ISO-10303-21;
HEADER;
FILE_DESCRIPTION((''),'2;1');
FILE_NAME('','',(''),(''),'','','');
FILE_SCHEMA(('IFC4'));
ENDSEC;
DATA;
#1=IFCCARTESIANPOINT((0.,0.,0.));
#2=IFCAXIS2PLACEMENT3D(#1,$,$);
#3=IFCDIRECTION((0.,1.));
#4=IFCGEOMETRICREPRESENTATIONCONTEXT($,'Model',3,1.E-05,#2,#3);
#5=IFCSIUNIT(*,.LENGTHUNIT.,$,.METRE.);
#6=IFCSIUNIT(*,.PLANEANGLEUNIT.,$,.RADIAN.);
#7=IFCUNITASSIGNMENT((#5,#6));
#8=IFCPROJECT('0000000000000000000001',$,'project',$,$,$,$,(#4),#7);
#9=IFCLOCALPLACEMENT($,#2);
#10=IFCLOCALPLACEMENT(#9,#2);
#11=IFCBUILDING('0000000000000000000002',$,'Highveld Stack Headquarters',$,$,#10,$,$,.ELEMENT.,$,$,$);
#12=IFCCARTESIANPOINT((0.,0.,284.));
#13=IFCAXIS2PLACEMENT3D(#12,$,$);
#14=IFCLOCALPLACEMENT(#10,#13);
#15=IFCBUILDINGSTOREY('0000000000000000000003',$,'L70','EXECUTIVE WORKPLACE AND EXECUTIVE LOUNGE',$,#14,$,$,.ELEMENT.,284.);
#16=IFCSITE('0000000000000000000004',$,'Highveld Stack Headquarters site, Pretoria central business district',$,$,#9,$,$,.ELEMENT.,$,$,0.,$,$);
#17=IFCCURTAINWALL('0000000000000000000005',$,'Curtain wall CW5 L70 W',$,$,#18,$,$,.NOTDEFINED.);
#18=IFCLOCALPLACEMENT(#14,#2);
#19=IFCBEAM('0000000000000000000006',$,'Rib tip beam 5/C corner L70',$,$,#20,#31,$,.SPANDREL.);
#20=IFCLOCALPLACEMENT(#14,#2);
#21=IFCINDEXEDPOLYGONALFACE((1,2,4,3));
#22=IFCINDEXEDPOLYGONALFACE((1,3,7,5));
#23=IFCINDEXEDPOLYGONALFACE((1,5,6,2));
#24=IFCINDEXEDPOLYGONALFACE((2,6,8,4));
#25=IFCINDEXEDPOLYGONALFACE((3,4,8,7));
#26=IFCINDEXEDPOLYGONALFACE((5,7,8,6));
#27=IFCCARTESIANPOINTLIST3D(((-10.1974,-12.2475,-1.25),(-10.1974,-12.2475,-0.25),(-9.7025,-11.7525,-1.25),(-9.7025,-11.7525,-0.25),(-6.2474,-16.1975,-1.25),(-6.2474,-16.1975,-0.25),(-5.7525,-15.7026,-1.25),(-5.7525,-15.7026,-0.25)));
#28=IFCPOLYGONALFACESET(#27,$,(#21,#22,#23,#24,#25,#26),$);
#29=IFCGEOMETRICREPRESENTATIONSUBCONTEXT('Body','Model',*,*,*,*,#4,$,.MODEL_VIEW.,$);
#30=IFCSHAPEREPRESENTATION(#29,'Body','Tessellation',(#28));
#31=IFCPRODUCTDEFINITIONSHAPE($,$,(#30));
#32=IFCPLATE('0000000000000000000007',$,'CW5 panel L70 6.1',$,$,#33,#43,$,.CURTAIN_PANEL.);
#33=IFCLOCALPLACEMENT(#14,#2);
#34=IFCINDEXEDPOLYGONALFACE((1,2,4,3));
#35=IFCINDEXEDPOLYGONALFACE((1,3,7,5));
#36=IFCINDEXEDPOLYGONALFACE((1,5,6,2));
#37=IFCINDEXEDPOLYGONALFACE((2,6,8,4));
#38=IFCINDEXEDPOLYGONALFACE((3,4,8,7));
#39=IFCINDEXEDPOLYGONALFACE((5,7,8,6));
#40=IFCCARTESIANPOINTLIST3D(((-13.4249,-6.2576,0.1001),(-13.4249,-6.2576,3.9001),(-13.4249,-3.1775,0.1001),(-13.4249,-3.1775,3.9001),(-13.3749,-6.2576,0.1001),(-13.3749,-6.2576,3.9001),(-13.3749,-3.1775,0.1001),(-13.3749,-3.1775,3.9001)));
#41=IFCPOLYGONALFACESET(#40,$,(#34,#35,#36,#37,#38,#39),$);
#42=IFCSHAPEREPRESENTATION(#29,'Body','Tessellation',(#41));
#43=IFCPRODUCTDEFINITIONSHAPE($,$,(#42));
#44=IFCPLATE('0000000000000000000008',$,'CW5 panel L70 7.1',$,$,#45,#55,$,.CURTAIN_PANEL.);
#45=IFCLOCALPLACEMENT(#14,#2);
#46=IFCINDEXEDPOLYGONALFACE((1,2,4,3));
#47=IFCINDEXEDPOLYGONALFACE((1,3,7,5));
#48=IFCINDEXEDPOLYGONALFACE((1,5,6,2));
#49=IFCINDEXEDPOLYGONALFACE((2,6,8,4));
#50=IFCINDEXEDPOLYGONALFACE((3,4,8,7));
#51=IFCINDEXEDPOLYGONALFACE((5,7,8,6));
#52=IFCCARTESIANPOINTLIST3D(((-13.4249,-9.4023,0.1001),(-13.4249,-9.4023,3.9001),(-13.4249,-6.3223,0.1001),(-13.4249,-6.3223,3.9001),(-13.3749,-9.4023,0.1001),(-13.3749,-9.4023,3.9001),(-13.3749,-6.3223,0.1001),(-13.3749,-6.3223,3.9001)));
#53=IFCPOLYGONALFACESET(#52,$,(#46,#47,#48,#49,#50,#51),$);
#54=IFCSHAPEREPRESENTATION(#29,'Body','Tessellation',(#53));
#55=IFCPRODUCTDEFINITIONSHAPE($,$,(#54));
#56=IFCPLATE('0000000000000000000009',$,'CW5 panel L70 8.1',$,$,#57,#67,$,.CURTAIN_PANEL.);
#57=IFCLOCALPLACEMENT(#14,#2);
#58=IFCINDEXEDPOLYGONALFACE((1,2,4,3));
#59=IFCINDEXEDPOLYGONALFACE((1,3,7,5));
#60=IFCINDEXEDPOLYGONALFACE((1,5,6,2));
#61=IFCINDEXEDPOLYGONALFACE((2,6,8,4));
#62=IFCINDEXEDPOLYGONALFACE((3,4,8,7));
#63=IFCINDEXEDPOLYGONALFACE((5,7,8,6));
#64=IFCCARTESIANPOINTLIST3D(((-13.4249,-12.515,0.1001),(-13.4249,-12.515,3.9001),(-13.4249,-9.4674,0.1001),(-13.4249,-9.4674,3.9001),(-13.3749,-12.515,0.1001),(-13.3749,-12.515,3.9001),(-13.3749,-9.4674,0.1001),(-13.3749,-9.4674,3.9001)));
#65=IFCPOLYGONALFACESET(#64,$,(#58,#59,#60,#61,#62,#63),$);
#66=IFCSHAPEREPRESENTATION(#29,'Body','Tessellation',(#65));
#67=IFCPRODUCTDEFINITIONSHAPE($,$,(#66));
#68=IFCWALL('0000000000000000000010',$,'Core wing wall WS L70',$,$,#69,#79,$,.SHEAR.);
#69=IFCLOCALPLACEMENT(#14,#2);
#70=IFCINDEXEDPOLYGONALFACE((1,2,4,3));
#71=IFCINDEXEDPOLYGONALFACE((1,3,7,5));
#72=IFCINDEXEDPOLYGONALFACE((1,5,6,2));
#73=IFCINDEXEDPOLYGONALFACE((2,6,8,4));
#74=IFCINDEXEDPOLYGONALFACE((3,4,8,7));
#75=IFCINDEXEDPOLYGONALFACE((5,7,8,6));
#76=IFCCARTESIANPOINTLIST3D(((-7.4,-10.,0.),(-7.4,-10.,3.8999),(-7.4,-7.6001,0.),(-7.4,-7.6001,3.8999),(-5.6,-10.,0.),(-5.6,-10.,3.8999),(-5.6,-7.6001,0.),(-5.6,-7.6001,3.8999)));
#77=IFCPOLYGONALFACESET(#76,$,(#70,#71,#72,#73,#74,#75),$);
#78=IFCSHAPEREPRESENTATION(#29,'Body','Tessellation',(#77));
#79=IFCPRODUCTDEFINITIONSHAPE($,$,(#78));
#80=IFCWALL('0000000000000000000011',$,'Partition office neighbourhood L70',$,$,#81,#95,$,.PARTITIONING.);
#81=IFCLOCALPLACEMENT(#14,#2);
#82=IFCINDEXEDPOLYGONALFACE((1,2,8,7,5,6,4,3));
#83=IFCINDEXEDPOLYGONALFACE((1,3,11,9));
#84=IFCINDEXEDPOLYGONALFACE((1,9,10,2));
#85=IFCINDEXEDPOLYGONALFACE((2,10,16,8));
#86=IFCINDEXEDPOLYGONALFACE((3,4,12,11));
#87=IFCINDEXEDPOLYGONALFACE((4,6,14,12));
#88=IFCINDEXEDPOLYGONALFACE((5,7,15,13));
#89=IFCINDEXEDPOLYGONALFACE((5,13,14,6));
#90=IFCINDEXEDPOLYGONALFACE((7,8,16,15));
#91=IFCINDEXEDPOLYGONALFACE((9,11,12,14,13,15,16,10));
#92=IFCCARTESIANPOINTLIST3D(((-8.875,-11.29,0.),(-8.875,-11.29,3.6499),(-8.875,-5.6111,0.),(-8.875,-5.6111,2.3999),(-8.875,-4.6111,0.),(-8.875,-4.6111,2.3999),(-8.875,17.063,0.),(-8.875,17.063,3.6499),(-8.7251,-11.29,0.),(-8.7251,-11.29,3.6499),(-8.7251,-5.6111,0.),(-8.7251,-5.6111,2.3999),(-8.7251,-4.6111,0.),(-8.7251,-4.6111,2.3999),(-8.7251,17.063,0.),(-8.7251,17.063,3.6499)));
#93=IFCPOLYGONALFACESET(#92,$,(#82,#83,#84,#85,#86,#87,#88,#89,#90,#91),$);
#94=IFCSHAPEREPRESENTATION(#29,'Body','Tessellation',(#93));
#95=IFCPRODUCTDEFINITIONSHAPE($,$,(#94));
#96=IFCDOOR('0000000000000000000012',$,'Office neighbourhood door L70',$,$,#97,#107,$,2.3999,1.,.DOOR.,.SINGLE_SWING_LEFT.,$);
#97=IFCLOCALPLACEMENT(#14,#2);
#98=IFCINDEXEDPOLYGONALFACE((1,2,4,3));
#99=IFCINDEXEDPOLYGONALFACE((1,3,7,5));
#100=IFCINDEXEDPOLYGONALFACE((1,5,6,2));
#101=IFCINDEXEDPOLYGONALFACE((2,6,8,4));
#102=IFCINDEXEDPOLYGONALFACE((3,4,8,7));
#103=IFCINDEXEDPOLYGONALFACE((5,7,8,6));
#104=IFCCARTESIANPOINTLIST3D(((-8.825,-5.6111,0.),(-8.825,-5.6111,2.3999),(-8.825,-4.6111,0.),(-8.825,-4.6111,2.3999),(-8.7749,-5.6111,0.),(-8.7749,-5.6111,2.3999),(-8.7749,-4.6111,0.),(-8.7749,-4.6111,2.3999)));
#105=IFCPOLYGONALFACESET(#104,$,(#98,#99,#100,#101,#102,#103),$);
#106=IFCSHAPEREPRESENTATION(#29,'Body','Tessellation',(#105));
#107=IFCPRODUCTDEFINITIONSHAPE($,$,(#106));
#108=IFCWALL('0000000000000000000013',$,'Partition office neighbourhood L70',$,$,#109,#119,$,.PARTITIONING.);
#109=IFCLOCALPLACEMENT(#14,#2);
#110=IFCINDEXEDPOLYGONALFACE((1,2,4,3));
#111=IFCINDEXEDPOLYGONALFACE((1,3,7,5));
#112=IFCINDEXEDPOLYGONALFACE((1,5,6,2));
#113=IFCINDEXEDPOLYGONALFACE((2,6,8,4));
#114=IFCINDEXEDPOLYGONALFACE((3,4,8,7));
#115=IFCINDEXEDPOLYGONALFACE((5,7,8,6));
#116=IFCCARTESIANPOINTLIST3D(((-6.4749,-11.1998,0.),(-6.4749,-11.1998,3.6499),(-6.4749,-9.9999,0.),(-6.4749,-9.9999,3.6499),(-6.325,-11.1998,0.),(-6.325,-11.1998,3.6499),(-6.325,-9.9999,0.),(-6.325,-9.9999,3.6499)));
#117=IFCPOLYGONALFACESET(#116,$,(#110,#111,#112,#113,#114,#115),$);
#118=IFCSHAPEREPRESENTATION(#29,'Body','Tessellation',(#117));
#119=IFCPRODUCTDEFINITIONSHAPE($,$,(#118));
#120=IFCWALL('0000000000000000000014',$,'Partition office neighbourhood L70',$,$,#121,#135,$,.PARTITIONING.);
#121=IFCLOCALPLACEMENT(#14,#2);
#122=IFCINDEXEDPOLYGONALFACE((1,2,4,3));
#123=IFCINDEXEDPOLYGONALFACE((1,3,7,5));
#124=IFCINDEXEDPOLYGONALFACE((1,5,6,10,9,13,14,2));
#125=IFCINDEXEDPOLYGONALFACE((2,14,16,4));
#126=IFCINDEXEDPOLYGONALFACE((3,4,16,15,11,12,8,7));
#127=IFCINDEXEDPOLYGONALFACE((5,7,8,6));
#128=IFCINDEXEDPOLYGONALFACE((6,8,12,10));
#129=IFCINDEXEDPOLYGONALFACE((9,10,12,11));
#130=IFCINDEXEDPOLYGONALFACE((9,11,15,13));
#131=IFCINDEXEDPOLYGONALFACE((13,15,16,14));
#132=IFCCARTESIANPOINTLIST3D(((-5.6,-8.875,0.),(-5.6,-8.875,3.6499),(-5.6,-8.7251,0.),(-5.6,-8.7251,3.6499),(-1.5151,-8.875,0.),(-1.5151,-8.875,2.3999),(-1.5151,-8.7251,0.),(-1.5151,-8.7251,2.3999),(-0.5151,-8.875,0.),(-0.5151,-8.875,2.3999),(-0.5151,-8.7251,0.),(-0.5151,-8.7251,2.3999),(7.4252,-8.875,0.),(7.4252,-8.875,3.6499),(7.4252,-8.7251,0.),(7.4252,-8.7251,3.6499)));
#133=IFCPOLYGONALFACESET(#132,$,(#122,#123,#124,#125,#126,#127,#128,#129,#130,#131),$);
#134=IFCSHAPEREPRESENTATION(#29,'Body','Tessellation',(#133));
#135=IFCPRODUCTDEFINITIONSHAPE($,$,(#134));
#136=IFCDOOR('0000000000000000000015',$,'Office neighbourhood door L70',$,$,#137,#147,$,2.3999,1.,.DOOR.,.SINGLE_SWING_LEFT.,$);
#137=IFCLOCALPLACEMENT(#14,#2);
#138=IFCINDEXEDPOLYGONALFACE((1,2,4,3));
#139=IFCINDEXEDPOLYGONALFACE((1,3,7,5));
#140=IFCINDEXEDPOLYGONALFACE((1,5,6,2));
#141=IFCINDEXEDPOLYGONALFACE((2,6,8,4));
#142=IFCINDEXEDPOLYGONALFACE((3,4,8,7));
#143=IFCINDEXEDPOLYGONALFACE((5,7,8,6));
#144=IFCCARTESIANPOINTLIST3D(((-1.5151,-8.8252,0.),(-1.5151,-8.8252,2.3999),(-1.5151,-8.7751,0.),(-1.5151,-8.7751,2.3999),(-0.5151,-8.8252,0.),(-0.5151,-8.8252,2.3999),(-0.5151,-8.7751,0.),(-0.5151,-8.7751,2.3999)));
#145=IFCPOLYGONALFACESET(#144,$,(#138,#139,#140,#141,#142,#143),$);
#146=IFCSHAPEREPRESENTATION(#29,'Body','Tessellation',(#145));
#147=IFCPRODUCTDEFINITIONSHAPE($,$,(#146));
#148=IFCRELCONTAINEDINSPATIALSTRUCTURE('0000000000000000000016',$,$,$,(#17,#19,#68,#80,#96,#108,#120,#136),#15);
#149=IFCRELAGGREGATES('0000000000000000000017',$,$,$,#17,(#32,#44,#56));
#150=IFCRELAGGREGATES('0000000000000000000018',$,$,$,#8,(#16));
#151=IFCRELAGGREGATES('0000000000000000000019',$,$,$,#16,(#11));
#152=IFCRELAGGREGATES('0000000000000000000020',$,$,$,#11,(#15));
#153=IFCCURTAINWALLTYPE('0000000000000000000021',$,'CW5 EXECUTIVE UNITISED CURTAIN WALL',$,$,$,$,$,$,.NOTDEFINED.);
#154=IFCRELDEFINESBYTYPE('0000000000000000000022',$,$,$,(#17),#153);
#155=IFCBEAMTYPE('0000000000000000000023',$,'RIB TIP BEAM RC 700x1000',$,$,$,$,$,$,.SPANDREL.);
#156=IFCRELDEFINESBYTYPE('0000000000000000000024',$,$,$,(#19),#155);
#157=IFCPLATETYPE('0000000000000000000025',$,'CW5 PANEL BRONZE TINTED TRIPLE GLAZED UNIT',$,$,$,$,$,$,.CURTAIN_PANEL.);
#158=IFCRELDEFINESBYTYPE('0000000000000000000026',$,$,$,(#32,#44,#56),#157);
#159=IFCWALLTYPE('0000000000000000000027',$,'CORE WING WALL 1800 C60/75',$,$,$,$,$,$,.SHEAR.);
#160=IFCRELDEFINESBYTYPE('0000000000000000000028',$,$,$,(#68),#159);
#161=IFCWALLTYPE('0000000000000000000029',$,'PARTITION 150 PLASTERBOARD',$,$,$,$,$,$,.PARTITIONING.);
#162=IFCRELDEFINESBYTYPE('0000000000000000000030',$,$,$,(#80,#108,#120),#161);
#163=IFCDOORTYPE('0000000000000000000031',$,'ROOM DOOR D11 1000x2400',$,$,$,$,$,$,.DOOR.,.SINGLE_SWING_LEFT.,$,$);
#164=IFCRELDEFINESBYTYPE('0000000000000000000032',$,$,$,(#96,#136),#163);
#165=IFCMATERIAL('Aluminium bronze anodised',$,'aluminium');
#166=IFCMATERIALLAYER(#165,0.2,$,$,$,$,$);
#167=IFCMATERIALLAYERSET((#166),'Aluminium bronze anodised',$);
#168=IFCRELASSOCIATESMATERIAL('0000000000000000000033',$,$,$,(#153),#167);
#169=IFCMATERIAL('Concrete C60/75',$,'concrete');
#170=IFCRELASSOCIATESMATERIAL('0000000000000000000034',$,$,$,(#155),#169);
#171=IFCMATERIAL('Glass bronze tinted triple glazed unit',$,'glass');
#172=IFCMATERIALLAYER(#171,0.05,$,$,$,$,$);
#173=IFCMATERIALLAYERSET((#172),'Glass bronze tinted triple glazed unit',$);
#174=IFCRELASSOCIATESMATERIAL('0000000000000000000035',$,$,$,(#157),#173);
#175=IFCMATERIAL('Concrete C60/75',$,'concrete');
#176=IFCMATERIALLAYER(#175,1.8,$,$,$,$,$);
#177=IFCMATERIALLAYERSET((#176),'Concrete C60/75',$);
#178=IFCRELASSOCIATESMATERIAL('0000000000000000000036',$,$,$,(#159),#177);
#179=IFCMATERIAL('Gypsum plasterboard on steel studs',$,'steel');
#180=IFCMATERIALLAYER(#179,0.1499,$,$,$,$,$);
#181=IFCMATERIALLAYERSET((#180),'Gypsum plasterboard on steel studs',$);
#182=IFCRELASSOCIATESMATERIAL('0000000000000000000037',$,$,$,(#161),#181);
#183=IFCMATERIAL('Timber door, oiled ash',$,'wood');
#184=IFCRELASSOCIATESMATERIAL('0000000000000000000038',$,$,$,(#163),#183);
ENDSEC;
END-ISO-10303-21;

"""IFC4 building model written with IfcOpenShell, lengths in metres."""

from ifc_helpers import new_model, si_unit, direction, frame, frame_2d, origin, origin_2d, place, context, subcontext, project, spatial, rectangle, extrude, material, layer, layer_set, material_profile, profile_set, type_object, element, fill, aggregate, save


model = new_model("IFC4")

# Units and contexts
model_context = context("Model", 3, precision=1e-05, world=origin(), true_north=direction((0.0, 1.0)))
body_context = subcontext(model_context, "Body", "Model", "MODEL_VIEW")
ifc_project = project(units=[si_unit("LENGTHUNIT", "METRE"), si_unit("PLANEANGLEUNIT", "RADIAN")], contexts=[model_context])

# Site, building, storey
site_placement = place(None, origin())
site = spatial("IfcSite", under=ifc_project, at=site_placement, Name="Highveld Stack Headquarters site, Pretoria central business district", CompositionType="ELEMENT", RefElevation=0.0)
building_placement = place(site_placement, origin())
building = spatial("IfcBuilding", under=site, at=building_placement, Name="Highveld Stack Headquarters", CompositionType="ELEMENT")
storey_placement = place(building_placement, frame((0.0, 0.0, 284.0)))
storey = spatial("IfcBuildingStorey", under=building, at=storey_placement, Name="L70", Description="EXECUTIVE WORKPLACE AND EXECUTIVE LOUNGE", CompositionType="ELEMENT", Elevation=284.0)

# Curtain wall
ifc_material_1 = material(Name="Aluminium bronze anodised", Category="aluminium")
ifc_layer_1 = layer(ifc_material_1, 0.2)
ifc_layer_set_1 = layer_set([ifc_layer_1], Name="Aluminium bronze anodised")
curtain_wall_type = type_object("IfcCurtainWallType", Name="CW5 EXECUTIVE UNITISED CURTAIN WALL", PredefinedType="NOTDEFINED", material=ifc_layer_set_1)
curtain_wall_placement = place(storey_placement, origin())
curtain_wall = element("IfcCurtainWall", 1, at=curtain_wall_placement, inside=storey, type_object=curtain_wall_type, Name="Curtain wall CW5 L70 W", PredefinedType="NOTDEFINED")

# Beam
ifc_material_2 = material(Name="Concrete C60/75", Category="concrete")
ifc_material_profile_1 = material_profile(ifc_material_2, rectangle(XDim=0.7, YDim=1.0, at=origin_2d()), Name="RC 700x1000")
ifc_profile_set_1 = profile_set([ifc_material_profile_1], Name="Concrete C60/75")
beam_type_1 = type_object("IfcBeamType", Name="RIB TIP BEAM RC 700x1000", PredefinedType="SPANDREL", material=ifc_profile_set_1)
beam_1_placement = place(storey_placement, frame((-9.95, -12.0, -0.75), z_axis=(0.707107, -0.707107, 0.0), x_axis=(0.707107, 0.707107, 0.0)))
element("IfcBeam", 2, at=beam_1_placement, inside=storey, type_object=beam_type_1, Name="Rib tip beam 5/C corner L70", PredefinedType="SPANDREL", context=body_context, shape_type="SweptSolid", body=[
    extrude(rectangle(XDim=0.7, YDim=1.0, at=origin_2d()), origin(), (0.0, 0.0, 1.0), 5.5862),
])

# Plates
ifc_material_3 = material(Name="Glass bronze tinted triple glazed unit", Category="glass")
ifc_layer_2 = layer(ifc_material_3, 0.05)
ifc_layer_set_2 = layer_set([ifc_layer_2], Name="Glass bronze tinted triple glazed unit")
plate_type = type_object("IfcPlateType", Name="CW5 PANEL BRONZE TINTED TRIPLE GLAZED UNIT", PredefinedType="CURTAIN_PANEL", material=ifc_layer_set_2)
plate_1_placement = place(storey_placement, frame((-13.3999, -4.7175, 0.1001), z_axis=(0.0, 0.0, 1.0), x_axis=(0.0, -1.0, 0.0)))
plate_1 = element("IfcPlate", 3, at=plate_1_placement, type_object=plate_type, Name="CW5 panel L70 6.1", PredefinedType="CURTAIN_PANEL", context=body_context, shape_type="SweptSolid", body=[
    extrude(rectangle(XDim=3.0801, YDim=0.05, at=origin_2d()), origin(), (0.0, 0.0, 1.0), 3.8),
])
plate_2_placement = place(storey_placement, frame((-13.3999, -7.8623, 0.1001), z_axis=(0.0, 0.0, 1.0), x_axis=(0.0, -1.0, 0.0)))
plate_2 = element("IfcPlate", 4, at=plate_2_placement, type_object=plate_type, Name="CW5 panel L70 7.1", PredefinedType="CURTAIN_PANEL", context=body_context, shape_type="SweptSolid", body=[
    extrude(rectangle(XDim=3.0801, YDim=0.05, at=origin_2d()), origin(), (0.0, 0.0, 1.0), 3.8),
])
plate_3_placement = place(storey_placement, frame((-13.3999, -10.9912, 0.1001), z_axis=(0.0, 0.0, 1.0), x_axis=(0.0, -1.0, 0.0)))
plate_3 = element("IfcPlate", 5, at=plate_3_placement, type_object=plate_type, Name="CW5 panel L70 8.1", PredefinedType="CURTAIN_PANEL", context=body_context, shape_type="SweptSolid", body=[
    extrude(rectangle(XDim=3.0476, YDim=0.05, at=origin_2d()), origin(), (0.0, 0.0, 1.0), 3.8),
])
aggregate(curtain_wall, [plate_1, plate_2, plate_3])

# Wall
ifc_material_4 = material(Name="Concrete C60/75", Category="concrete")
ifc_layer_3 = layer(ifc_material_4, 1.8)
ifc_layer_set_3 = layer_set([ifc_layer_3], Name="Concrete C60/75")
wall_type_1 = type_object("IfcWallType", Name="CORE WING WALL 1800 C60/75", PredefinedType="SHEAR", material=ifc_layer_set_3)
wall_1_placement = place(storey_placement, frame((-6.5, -10.0, 0.0), z_axis=(0.0, 0.0, 1.0), x_axis=(0.0, 1.0, 0.0)))
element("IfcWall", 6, at=wall_1_placement, inside=storey, type_object=wall_type_1, Name="Core wing wall WS L70", PredefinedType="SHEAR", context=body_context, shape_type="SweptSolid", body=[
    extrude(rectangle(XDim=2.3999, YDim=1.8, at=frame_2d((1.2, 0.0))), origin(), (0.0, 0.0, 1.0), 3.8999),
])

# Wall, opening, door
ifc_material_5 = material(Name="Gypsum plasterboard on steel studs", Category="steel")
ifc_layer_4 = layer(ifc_material_5, 0.1499)
ifc_layer_set_4 = layer_set([ifc_layer_4], Name="Gypsum plasterboard on steel studs")
wall_type_2 = type_object("IfcWallType", Name="PARTITION 150 PLASTERBOARD", PredefinedType="PARTITIONING", material=ifc_layer_set_4)
wall_2_placement = place(storey_placement, frame((-8.8, -11.29, 0.0), z_axis=(0.0, 0.0, 1.0), x_axis=(0.0, 1.0, 0.0)))
wall_2 = element("IfcWall", 7, at=wall_2_placement, inside=storey, type_object=wall_type_2, Name="Partition office neighbourhood L70", PredefinedType="PARTITIONING", context=body_context, shape_type="SweptSolid", body=[
    extrude(rectangle(XDim=28.353, YDim=0.1499, at=frame_2d((14.1765, 0.0))), origin(), (0.0, 0.0, 1.0), 3.6499),
])
opening_1_placement = place(wall_2_placement, frame((5.679, 0.0, 0.0)))
opening_1 = element("IfcOpeningElement", 8, at=opening_1_placement, cuts=wall_2, PredefinedType="OPENING", context=body_context, shape_type="SweptSolid", body=[
    extrude(rectangle(XDim=1.0, YDim=2.3999, at=frame_2d((0.5, 1.2))), frame((0.0, 0.085, 0.0), z_axis=(0.0, -1.0, 0.0), x_axis=(1.0, 0.0, 0.0)), (0.0, 0.0, 1.0), 0.1699),
])
ifc_material_6 = material(Name="Timber door, oiled ash", Category="wood")
door_type_1 = type_object("IfcDoorType", Name="ROOM DOOR D11 1000x2400", OperationType="SINGLE_SWING_LEFT", PredefinedType="DOOR", material=ifc_material_6)
door_1_placement = place(opening_1_placement, origin())
door_1 = element("IfcDoor", 9, at=door_1_placement, inside=storey, type_object=door_type_1, Name="Office neighbourhood door L70", OperationType="SINGLE_SWING_LEFT", OverallHeight=2.3999, OverallWidth=1.0, PredefinedType="DOOR", context=body_context, shape_type="SweptSolid", body=[
    extrude(rectangle(XDim=1.0, YDim=2.3999, at=frame_2d((0.5, 1.2))), frame((0.0, 0.0249, 0.0), z_axis=(0.0, -1.0, 0.0), x_axis=(1.0, 0.0, 0.0)), (0.0, 0.0, 1.0), 0.05),
])
fill(opening_1, door_1)

# Wall
wall_3_placement = place(storey_placement, frame((-6.3999, -11.2, 0.0), z_axis=(0.0, 0.0, 1.0), x_axis=(0.0, 1.0, 0.0)))
element("IfcWall", 10, at=wall_3_placement, inside=storey, type_object=wall_type_2, Name="Partition office neighbourhood L70", PredefinedType="PARTITIONING", context=body_context, shape_type="SweptSolid", body=[
    extrude(rectangle(XDim=1.2, YDim=0.1499, at=frame_2d((0.6001, 0.0))), origin(), (0.0, 0.0, 1.0), 3.6499),
])

# Wall, opening, door
wall_4_placement = place(storey_placement, frame((-5.6001, -8.8, 0.0), z_axis=(0.0, 0.0, 1.0), x_axis=(1.0, 0.0, 0.0)))
wall_4 = element("IfcWall", 11, at=wall_4_placement, inside=storey, type_object=wall_type_2, Name="Partition office neighbourhood L70", PredefinedType="PARTITIONING", context=body_context, shape_type="SweptSolid", body=[
    extrude(rectangle(XDim=13.0251, YDim=0.1499, at=frame_2d((6.5127, 0.0))), origin(), (0.0, 0.0, 1.0), 3.6499),
])
opening_2_placement = place(wall_4_placement, frame((4.085, 0.0, 0.0)))
opening_2 = element("IfcOpeningElement", 12, at=opening_2_placement, cuts=wall_4, PredefinedType="OPENING", context=body_context, shape_type="SweptSolid", body=[
    extrude(rectangle(XDim=1.0, YDim=2.3999, at=frame_2d((0.5, 1.2))), frame((0.0, 0.085, 0.0), z_axis=(0.0, -1.0, 0.0), x_axis=(1.0, 0.0, 0.0)), (0.0, 0.0, 1.0), 0.1699),
])
door_2_placement = place(opening_2_placement, origin())
door_2 = element("IfcDoor", 13, at=door_2_placement, inside=storey, type_object=door_type_1, Name="Office neighbourhood door L70", OperationType="SINGLE_SWING_LEFT", OverallHeight=2.3999, OverallWidth=1.0, PredefinedType="DOOR", context=body_context, shape_type="SweptSolid", body=[
    extrude(rectangle(XDim=1.0, YDim=2.3999, at=frame_2d((0.5, 1.2))), frame((0.0, 0.0249, 0.0), z_axis=(0.0, -1.0, 0.0), x_axis=(1.0, 0.0, 0.0)), (0.0, 0.0, 1.0), 0.05),
])
fill(opening_2, door_2)

save(model, "model.ifc")
